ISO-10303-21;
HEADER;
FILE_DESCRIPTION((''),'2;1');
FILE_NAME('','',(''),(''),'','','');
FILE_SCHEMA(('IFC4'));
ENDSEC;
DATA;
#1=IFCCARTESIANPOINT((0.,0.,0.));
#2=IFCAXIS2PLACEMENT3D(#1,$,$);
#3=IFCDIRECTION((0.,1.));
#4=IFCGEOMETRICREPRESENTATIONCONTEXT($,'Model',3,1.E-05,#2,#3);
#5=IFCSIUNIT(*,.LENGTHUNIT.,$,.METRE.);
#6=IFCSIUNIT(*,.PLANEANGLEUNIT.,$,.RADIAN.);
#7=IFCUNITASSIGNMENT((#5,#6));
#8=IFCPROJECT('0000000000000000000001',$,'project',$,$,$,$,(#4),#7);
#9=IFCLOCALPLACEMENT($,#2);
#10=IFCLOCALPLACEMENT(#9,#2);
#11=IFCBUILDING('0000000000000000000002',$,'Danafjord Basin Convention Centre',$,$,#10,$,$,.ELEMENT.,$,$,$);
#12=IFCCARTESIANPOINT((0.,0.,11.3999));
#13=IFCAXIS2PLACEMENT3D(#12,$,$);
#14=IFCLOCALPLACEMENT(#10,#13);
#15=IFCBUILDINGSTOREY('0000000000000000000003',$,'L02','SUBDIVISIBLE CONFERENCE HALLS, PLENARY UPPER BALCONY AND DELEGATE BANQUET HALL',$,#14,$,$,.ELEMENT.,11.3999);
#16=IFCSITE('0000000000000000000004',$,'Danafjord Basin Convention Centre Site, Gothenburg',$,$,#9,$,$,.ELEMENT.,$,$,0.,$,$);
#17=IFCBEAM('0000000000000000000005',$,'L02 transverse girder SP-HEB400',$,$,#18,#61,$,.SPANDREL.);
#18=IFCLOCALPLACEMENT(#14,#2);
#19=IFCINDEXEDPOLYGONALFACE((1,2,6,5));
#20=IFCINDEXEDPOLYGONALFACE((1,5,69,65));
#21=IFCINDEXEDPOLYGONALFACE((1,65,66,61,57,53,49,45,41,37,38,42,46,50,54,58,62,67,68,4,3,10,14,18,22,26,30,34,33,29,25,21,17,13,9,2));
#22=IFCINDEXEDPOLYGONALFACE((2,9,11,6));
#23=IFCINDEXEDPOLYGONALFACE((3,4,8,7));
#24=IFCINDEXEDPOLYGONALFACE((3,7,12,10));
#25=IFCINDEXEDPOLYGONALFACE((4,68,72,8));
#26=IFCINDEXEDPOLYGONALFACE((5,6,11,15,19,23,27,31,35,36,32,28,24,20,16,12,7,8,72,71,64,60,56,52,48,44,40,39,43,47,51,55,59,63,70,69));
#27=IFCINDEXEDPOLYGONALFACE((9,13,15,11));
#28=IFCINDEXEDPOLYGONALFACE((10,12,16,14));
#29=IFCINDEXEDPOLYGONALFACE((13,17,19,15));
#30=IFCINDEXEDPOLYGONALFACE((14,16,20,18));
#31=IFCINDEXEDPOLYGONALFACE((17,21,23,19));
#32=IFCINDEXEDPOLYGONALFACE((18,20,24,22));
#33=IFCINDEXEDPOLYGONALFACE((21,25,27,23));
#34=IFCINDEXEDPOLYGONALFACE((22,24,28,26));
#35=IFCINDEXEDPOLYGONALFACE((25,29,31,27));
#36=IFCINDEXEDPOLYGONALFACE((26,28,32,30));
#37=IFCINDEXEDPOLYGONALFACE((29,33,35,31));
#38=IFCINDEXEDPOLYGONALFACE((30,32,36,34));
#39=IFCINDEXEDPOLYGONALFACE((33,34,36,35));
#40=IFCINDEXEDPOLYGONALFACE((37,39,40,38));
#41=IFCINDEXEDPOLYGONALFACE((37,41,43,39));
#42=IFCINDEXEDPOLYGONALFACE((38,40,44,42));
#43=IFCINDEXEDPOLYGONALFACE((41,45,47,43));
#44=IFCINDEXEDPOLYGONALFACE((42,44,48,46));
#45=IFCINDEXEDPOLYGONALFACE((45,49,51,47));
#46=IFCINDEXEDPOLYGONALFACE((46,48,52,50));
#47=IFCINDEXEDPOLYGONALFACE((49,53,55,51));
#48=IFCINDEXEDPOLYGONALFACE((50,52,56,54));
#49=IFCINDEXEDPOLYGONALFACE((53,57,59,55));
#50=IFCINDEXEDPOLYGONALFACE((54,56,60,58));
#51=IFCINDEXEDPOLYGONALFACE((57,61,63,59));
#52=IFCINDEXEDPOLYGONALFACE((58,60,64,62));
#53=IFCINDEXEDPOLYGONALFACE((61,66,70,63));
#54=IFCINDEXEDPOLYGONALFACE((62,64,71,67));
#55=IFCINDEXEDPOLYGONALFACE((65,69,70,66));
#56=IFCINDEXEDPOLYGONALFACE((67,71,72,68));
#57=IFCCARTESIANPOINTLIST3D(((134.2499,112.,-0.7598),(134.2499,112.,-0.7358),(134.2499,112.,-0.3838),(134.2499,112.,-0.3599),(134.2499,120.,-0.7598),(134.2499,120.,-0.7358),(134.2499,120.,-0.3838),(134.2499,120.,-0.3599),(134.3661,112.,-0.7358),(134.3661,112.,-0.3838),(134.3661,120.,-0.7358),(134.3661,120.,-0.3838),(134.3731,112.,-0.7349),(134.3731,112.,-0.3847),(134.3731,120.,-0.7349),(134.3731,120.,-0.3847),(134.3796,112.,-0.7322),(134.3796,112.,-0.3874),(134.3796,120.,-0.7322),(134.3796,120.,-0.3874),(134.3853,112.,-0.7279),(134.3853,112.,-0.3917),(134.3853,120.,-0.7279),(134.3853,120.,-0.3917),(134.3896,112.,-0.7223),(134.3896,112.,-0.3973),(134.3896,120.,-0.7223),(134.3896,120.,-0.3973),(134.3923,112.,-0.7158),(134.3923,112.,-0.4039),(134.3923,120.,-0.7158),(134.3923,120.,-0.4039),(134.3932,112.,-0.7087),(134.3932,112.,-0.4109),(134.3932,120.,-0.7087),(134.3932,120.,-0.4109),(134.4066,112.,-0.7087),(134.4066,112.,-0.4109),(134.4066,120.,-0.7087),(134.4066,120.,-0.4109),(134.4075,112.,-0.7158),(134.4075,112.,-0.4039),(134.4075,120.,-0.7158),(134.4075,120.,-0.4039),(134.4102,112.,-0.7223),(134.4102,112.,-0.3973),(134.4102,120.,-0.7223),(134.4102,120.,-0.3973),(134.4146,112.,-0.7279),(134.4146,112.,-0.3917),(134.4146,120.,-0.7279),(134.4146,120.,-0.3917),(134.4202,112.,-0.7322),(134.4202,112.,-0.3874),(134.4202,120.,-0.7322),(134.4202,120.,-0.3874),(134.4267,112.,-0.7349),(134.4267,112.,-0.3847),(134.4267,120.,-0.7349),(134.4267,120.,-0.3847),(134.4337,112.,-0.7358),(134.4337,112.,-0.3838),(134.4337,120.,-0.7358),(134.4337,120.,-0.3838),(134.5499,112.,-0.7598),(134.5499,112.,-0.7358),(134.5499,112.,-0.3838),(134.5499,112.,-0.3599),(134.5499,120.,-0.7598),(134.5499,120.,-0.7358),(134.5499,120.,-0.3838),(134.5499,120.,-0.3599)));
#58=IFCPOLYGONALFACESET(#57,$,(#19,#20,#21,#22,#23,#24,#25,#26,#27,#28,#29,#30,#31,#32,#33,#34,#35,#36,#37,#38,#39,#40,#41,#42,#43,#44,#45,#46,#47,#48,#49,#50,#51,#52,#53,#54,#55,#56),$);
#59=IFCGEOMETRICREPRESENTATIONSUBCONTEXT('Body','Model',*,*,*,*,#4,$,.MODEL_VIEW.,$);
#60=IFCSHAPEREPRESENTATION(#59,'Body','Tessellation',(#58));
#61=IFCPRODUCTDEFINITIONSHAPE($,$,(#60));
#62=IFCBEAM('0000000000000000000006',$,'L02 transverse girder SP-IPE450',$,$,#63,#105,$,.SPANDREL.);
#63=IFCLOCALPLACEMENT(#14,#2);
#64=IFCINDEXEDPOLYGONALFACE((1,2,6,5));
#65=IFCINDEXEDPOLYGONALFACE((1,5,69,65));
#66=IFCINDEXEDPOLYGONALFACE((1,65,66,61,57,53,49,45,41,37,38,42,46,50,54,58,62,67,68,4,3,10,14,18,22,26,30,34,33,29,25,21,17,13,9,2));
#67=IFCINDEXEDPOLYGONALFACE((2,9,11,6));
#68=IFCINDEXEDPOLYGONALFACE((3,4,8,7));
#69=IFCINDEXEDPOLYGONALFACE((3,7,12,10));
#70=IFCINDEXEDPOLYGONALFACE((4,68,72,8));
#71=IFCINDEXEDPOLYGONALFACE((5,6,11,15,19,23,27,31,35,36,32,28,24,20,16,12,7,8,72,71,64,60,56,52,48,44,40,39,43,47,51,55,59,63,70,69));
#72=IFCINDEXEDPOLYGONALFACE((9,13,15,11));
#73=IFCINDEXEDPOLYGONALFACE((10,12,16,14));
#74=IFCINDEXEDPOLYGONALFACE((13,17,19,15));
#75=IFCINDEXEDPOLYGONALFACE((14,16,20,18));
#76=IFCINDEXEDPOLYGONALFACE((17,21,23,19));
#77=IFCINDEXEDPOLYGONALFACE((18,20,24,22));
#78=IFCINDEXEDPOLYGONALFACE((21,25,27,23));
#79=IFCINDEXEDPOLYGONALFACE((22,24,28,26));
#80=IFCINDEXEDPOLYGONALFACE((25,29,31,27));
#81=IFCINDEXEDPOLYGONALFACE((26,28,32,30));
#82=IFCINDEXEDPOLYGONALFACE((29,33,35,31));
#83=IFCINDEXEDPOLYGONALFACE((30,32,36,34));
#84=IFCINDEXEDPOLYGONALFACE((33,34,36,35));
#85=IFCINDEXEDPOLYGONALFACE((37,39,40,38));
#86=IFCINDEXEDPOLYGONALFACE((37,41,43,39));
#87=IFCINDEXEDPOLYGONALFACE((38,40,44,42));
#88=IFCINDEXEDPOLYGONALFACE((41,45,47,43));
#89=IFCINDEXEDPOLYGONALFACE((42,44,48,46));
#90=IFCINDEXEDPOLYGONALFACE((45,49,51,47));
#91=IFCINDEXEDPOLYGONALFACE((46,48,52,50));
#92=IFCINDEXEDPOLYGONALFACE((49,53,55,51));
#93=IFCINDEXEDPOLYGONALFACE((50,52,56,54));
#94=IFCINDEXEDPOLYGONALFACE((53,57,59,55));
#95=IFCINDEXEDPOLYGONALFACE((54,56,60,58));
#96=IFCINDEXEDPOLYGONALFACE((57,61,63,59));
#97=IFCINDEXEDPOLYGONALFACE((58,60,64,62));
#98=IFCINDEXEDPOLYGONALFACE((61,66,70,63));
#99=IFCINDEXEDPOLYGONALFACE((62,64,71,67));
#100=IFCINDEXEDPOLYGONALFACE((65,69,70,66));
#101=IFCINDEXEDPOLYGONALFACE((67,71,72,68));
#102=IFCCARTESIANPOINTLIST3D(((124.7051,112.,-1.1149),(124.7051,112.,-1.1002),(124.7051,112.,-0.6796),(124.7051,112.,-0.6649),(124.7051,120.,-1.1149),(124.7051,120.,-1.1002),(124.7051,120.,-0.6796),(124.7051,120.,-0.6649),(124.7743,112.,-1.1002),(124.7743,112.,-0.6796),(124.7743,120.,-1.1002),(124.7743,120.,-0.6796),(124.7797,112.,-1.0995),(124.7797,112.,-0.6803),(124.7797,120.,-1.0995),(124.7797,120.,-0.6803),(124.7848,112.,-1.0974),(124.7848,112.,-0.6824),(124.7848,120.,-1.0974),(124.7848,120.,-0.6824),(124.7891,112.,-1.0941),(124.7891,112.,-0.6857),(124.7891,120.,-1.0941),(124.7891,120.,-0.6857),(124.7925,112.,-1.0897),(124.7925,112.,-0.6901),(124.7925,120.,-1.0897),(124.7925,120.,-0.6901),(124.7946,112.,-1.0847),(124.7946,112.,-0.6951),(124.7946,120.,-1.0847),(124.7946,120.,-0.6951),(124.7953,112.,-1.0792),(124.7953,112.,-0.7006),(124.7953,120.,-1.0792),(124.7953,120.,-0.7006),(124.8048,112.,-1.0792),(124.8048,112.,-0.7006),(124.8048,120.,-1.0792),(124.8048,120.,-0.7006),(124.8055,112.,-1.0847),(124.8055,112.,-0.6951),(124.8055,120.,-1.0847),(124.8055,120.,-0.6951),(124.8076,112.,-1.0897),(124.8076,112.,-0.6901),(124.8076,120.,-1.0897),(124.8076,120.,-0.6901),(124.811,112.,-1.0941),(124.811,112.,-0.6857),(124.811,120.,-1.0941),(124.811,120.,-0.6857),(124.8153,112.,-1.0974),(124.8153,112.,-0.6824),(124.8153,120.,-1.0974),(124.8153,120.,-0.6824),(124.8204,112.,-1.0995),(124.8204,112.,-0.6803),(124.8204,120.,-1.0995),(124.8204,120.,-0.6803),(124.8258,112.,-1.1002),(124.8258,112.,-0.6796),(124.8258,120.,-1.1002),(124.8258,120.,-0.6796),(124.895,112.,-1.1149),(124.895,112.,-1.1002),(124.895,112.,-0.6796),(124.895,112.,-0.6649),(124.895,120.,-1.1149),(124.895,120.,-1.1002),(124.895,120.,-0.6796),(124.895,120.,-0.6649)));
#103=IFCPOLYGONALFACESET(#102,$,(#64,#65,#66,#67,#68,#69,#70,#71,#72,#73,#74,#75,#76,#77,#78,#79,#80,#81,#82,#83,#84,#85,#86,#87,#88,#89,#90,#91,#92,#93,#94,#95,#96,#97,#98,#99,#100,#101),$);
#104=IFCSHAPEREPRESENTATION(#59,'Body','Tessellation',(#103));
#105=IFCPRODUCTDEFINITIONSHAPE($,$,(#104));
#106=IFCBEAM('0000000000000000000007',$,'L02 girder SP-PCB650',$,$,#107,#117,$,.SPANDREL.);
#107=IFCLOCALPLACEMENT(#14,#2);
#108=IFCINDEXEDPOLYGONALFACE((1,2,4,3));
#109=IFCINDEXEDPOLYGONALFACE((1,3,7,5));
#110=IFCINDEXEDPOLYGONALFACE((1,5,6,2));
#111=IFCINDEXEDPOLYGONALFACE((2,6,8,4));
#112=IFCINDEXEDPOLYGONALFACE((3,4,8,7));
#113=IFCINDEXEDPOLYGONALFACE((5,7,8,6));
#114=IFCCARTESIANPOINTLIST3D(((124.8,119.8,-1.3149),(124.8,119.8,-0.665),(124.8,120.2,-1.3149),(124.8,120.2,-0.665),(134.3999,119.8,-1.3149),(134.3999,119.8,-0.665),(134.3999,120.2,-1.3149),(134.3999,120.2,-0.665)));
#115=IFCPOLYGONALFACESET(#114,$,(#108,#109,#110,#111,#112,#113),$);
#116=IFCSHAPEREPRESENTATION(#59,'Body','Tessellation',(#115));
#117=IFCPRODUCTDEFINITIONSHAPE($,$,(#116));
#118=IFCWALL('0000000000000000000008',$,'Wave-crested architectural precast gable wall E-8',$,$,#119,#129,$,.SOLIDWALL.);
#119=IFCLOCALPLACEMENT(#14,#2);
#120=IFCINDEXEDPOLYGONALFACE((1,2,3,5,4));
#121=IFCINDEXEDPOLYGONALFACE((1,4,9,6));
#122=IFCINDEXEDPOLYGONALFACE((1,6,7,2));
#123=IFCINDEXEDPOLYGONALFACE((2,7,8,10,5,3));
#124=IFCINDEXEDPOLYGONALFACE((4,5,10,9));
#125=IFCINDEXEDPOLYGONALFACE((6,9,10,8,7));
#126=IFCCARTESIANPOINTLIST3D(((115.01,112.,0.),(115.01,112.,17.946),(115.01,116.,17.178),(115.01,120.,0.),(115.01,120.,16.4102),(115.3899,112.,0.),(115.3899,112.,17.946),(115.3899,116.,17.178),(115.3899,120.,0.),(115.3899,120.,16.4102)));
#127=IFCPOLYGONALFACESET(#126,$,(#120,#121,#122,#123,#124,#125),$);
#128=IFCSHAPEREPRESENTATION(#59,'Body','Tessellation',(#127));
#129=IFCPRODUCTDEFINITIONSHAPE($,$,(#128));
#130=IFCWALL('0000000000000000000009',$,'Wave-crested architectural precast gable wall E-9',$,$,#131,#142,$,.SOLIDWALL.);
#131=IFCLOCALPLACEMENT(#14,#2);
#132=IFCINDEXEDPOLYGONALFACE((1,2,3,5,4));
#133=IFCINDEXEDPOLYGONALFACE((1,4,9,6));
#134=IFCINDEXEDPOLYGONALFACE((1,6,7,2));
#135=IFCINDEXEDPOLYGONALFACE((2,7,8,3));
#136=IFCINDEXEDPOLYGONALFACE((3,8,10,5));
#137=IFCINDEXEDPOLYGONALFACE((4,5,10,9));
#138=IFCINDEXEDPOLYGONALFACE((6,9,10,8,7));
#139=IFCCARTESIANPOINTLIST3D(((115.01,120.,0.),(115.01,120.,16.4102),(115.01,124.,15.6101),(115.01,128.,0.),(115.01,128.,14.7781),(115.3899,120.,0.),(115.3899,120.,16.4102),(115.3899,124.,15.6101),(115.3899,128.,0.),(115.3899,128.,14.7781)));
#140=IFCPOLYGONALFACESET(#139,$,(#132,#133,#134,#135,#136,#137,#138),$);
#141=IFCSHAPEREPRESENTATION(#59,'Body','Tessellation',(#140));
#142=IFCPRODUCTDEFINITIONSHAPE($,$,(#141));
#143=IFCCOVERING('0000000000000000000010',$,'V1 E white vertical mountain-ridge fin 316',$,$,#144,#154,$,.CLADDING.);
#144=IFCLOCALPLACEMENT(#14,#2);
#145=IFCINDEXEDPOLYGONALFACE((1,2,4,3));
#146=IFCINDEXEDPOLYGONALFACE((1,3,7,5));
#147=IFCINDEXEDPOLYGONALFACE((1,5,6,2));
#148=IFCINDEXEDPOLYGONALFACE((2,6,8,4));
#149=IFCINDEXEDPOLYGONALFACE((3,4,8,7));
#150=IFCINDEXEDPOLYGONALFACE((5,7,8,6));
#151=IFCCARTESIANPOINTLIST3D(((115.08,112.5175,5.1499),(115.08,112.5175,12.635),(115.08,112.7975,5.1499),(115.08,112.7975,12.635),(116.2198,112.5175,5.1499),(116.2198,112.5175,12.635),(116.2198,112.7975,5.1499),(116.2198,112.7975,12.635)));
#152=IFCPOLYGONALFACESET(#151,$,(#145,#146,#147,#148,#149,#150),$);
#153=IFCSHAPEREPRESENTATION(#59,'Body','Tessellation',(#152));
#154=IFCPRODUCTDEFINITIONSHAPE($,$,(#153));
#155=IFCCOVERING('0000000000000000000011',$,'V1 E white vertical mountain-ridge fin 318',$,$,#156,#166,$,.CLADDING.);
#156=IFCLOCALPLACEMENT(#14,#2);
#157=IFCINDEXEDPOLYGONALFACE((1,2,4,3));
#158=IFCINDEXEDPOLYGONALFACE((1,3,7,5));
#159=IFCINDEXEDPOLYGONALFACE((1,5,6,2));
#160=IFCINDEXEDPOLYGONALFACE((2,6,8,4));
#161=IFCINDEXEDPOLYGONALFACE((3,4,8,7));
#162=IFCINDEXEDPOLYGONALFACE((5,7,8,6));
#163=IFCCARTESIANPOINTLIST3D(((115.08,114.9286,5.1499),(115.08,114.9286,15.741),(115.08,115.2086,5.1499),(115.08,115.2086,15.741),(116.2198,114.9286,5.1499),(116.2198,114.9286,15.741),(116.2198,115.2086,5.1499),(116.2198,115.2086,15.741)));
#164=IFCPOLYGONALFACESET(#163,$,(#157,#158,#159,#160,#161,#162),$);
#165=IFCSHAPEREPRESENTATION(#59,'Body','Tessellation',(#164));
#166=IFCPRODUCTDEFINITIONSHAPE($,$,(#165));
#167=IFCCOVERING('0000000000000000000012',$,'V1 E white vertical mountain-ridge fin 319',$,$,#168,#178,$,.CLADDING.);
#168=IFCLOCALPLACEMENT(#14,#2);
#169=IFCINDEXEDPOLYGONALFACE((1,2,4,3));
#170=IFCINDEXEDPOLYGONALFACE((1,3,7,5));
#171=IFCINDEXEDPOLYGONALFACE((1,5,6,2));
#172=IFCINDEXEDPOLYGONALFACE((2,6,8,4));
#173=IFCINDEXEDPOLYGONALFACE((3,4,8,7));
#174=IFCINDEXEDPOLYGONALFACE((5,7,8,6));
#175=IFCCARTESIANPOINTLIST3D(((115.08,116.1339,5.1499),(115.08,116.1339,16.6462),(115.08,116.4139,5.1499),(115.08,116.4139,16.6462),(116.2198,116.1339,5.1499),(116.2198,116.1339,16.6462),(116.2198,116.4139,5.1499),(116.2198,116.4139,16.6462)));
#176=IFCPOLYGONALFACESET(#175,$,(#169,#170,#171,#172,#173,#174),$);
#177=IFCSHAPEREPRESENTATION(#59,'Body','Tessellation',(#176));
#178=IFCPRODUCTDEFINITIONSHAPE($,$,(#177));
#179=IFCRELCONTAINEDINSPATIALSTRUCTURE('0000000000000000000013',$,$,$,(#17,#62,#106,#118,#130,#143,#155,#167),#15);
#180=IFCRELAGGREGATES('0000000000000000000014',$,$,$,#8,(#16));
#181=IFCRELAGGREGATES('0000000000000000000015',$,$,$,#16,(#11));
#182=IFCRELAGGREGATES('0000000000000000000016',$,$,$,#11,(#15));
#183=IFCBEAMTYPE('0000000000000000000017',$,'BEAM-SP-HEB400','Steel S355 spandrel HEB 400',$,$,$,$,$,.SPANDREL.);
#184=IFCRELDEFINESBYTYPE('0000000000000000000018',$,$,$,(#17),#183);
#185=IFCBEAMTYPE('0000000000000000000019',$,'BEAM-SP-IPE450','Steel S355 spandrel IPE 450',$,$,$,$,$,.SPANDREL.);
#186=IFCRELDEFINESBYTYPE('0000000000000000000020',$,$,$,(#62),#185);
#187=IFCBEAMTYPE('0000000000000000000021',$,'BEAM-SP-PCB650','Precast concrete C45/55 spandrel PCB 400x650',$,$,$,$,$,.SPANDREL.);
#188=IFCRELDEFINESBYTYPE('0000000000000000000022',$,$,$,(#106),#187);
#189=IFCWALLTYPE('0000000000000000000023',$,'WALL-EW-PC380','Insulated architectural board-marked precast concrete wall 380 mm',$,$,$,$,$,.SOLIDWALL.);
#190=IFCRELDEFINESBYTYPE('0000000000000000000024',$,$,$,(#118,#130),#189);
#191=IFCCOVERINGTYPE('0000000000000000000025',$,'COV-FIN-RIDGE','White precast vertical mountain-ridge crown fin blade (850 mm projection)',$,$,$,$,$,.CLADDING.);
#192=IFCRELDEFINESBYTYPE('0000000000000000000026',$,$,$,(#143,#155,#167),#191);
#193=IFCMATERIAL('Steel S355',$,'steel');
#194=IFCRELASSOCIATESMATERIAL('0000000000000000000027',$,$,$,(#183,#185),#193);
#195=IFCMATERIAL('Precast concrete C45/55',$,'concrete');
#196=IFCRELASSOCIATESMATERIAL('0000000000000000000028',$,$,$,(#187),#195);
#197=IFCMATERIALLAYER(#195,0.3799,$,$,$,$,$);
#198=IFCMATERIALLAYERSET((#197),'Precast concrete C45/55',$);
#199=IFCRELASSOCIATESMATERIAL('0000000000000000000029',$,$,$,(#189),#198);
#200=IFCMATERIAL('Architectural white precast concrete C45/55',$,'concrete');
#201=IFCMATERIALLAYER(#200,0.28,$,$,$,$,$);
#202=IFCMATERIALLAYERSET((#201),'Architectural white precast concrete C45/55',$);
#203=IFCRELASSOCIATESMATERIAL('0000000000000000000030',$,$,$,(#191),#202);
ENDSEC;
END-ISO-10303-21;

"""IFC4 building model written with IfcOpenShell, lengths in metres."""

from ifc_helpers import new_model, si_unit, direction, frame, origin, origin_2d, place, context, subcontext, project, spatial, polyline, rectangle, i_section, outline, extrude, material, layer, layer_set, material_profile, profile_set, type_object, element, save


model = new_model("IFC4")

# Units and contexts
model_context = context("Model", 3, precision=1e-05, world=origin(), true_north=direction((0.0, 1.0)))
body_context = subcontext(model_context, "Body", "Model", "MODEL_VIEW")
ifc_project = project(units=[si_unit("LENGTHUNIT", "METRE"), si_unit("PLANEANGLEUNIT", "RADIAN")], contexts=[model_context])

# Site, building, storey
site_placement = place(None, origin())
site = spatial("IfcSite", under=ifc_project, at=site_placement, Name="Danafjord Basin Convention Centre Site, Gothenburg", CompositionType="ELEMENT", RefElevation=0.0)
building_placement = place(site_placement, origin())
building = spatial("IfcBuilding", under=site, at=building_placement, Name="Danafjord Basin Convention Centre", CompositionType="ELEMENT")
storey_placement = place(building_placement, frame((0.0, 0.0, 11.3999)))
storey = spatial("IfcBuildingStorey", under=building, at=storey_placement, Name="L02", Description="SUBDIVISIBLE CONFERENCE HALLS, PLENARY UPPER BALCONY AND DELEGATE BANQUET HALL", CompositionType="ELEMENT", Elevation=11.3999)

# Shared definitions
ifc_material_1 = material(Name="Steel S355", Category="steel")

# Beams
ifc_material_profile_1 = material_profile(ifc_material_1, i_section(OverallWidth=0.3, OverallDepth=0.3999, WebThickness=0.0134, FlangeThickness=0.0239, FilletRadius=0.0271, at=origin_2d()), Name="HEB 400")
ifc_profile_set_1 = profile_set([ifc_material_profile_1], Name="Steel S355")
beam_type_1 = type_object("IfcBeamType", Name="BEAM-SP-HEB400", Description="Steel S355 spandrel HEB 400", PredefinedType="SPANDREL", material=ifc_profile_set_1)
beam_1_placement = place(storey_placement, frame((134.3999, 112.0, -0.5598), z_axis=(0.0, 1.0, 0.0), x_axis=(-1.0, 0.0, 0.0)))
element("IfcBeam", 1, at=beam_1_placement, inside=storey, type_object=beam_type_1, Name="L02 transverse girder SP-HEB400", PredefinedType="SPANDREL", context=body_context, shape_type="SweptSolid", body=[
    extrude(i_section(OverallWidth=0.3, OverallDepth=0.3999, WebThickness=0.0134, FlangeThickness=0.0239, FilletRadius=0.0271, at=origin_2d()), origin(), (0.0, 0.0, 1.0), 8.0),
])
ifc_material_profile_2 = material_profile(ifc_material_1, i_section(OverallWidth=0.1899, OverallDepth=0.45, WebThickness=0.0095, FlangeThickness=0.0146, FilletRadius=0.021, at=origin_2d()), Name="IPE 450")
ifc_profile_set_2 = profile_set([ifc_material_profile_2], Name="Steel S355")
beam_type_2 = type_object("IfcBeamType", Name="BEAM-SP-IPE450", Description="Steel S355 spandrel IPE 450", PredefinedType="SPANDREL", material=ifc_profile_set_2)
beam_2_placement = place(storey_placement, frame((124.8, 112.0, -0.8899), z_axis=(0.0, 1.0, 0.0), x_axis=(-1.0, 0.0, 0.0)))
element("IfcBeam", 2, at=beam_2_placement, inside=storey, type_object=beam_type_2, Name="L02 transverse girder SP-IPE450", PredefinedType="SPANDREL", context=body_context, shape_type="SweptSolid", body=[
    extrude(i_section(OverallWidth=0.1899, OverallDepth=0.45, WebThickness=0.0095, FlangeThickness=0.0146, FilletRadius=0.021, at=origin_2d()), origin(), (0.0, 0.0, 1.0), 8.0),
])
ifc_material_2 = material(Name="Precast concrete C45/55", Category="concrete")
ifc_material_profile_3 = material_profile(ifc_material_2, rectangle(XDim=0.3999, YDim=0.6499, at=origin_2d()), Name="PCB 400x650")
ifc_profile_set_3 = profile_set([ifc_material_profile_3], Name="Precast concrete C45/55")
beam_type_3 = type_object("IfcBeamType", Name="BEAM-SP-PCB650", Description="Precast concrete C45/55 spandrel PCB 400x650", PredefinedType="SPANDREL", material=ifc_profile_set_3)
beam_3_placement = place(storey_placement, frame((124.8, 120.0, -0.99), z_axis=(1.0, 0.0, 0.0), x_axis=(0.0, 1.0, 0.0)))
element("IfcBeam", 3, at=beam_3_placement, inside=storey, type_object=beam_type_3, Name="L02 girder SP-PCB650", PredefinedType="SPANDREL", context=body_context, shape_type="SweptSolid", body=[
    extrude(rectangle(XDim=0.3999, YDim=0.6499, at=origin_2d()), origin(), (0.0, 0.0, 1.0), 9.5999),
])

# Walls
ifc_layer_1 = layer(ifc_material_2, 0.3799)
ifc_layer_set_1 = layer_set([ifc_layer_1], Name="Precast concrete C45/55")
wall_type = type_object("IfcWallType", Name="WALL-EW-PC380", Description="Insulated architectural board-marked precast concrete wall 380 mm", PredefinedType="SOLIDWALL", material=ifc_layer_set_1)
wall_1_placement = place(storey_placement, frame((115.2, 112.0, 0.0), z_axis=(0.0, 0.0, 1.0), x_axis=(0.0, 1.0, 0.0)))
element("IfcWall", 4, at=wall_1_placement, inside=storey, type_object=wall_type, Name="Wave-crested architectural precast gable wall E-8", PredefinedType="SOLIDWALL", context=body_context, shape_type="SweptSolid", body=[
    extrude(outline(polyline([(0.0, 0.0), (8.0, 0.0), (8.0, 16.4102), (4.0, 17.178), (0.0, 17.946), (0.0, 0.0)])), frame((0.0, 0.1899, 0.0), z_axis=(0.0, -1.0, 0.0), x_axis=(1.0, 0.0, 0.0)), (0.0, 0.0, 1.0), 0.3799),
])
wall_2_placement = place(storey_placement, frame((115.2, 120.0, 0.0), z_axis=(0.0, 0.0, 1.0), x_axis=(0.0, 1.0, 0.0)))
element("IfcWall", 5, at=wall_2_placement, inside=storey, type_object=wall_type, Name="Wave-crested architectural precast gable wall E-9", PredefinedType="SOLIDWALL", context=body_context, shape_type="SweptSolid", body=[
    extrude(outline(polyline([(0.0, 0.0), (8.0, 0.0), (8.0, 14.7781), (4.0, 15.6101), (0.0, 16.4102), (0.0, 0.0)])), frame((0.0, 0.1899, 0.0), z_axis=(0.0, -1.0, 0.0), x_axis=(1.0, 0.0, 0.0)), (0.0, 0.0, 1.0), 0.3799),
])

# Coverings
ifc_material_3 = material(Name="Architectural white precast concrete C45/55", Category="concrete")
ifc_layer_2 = layer(ifc_material_3, 0.28)
ifc_layer_set_2 = layer_set([ifc_layer_2], Name="Architectural white precast concrete C45/55")
covering_type = type_object("IfcCoveringType", Name="COV-FIN-RIDGE", Description="White precast vertical mountain-ridge crown fin blade (850 mm projection)", PredefinedType="CLADDING", material=ifc_layer_set_2)
covering_1_placement = place(storey_placement, frame((115.6499, 112.6575, 5.1499), z_axis=(0.0, 0.0, 1.0), x_axis=(1.0, 0.0, 0.0)))
element("IfcCovering", 6, at=covering_1_placement, inside=storey, type_object=covering_type, Name="V1 E white vertical mountain-ridge fin 316", PredefinedType="CLADDING", context=body_context, shape_type="SweptSolid", body=[
    extrude(rectangle(XDim=1.1399, YDim=0.28, at=origin_2d()), origin(), (0.0, 0.0, 1.0), 7.4851),
])
covering_2_placement = place(storey_placement, frame((115.6499, 115.0686, 5.1499), z_axis=(0.0, 0.0, 1.0), x_axis=(1.0, 0.0, 0.0)))
element("IfcCovering", 7, at=covering_2_placement, inside=storey, type_object=covering_type, Name="V1 E white vertical mountain-ridge fin 318", PredefinedType="CLADDING", context=body_context, shape_type="SweptSolid", body=[
    extrude(rectangle(XDim=1.1399, YDim=0.28, at=origin_2d()), origin(), (0.0, 0.0, 1.0), 10.5911),
])
covering_3_placement = place(storey_placement, frame((115.6499, 116.2739, 5.1499), z_axis=(0.0, 0.0, 1.0), x_axis=(1.0, 0.0, 0.0)))
element("IfcCovering", 8, at=covering_3_placement, inside=storey, type_object=covering_type, Name="V1 E white vertical mountain-ridge fin 319", PredefinedType="CLADDING", context=body_context, shape_type="SweptSolid", body=[
    extrude(rectangle(XDim=1.1399, YDim=0.28, at=origin_2d()), origin(), (0.0, 0.0, 1.0), 11.4963),
])

save(model, "model.ifc")
